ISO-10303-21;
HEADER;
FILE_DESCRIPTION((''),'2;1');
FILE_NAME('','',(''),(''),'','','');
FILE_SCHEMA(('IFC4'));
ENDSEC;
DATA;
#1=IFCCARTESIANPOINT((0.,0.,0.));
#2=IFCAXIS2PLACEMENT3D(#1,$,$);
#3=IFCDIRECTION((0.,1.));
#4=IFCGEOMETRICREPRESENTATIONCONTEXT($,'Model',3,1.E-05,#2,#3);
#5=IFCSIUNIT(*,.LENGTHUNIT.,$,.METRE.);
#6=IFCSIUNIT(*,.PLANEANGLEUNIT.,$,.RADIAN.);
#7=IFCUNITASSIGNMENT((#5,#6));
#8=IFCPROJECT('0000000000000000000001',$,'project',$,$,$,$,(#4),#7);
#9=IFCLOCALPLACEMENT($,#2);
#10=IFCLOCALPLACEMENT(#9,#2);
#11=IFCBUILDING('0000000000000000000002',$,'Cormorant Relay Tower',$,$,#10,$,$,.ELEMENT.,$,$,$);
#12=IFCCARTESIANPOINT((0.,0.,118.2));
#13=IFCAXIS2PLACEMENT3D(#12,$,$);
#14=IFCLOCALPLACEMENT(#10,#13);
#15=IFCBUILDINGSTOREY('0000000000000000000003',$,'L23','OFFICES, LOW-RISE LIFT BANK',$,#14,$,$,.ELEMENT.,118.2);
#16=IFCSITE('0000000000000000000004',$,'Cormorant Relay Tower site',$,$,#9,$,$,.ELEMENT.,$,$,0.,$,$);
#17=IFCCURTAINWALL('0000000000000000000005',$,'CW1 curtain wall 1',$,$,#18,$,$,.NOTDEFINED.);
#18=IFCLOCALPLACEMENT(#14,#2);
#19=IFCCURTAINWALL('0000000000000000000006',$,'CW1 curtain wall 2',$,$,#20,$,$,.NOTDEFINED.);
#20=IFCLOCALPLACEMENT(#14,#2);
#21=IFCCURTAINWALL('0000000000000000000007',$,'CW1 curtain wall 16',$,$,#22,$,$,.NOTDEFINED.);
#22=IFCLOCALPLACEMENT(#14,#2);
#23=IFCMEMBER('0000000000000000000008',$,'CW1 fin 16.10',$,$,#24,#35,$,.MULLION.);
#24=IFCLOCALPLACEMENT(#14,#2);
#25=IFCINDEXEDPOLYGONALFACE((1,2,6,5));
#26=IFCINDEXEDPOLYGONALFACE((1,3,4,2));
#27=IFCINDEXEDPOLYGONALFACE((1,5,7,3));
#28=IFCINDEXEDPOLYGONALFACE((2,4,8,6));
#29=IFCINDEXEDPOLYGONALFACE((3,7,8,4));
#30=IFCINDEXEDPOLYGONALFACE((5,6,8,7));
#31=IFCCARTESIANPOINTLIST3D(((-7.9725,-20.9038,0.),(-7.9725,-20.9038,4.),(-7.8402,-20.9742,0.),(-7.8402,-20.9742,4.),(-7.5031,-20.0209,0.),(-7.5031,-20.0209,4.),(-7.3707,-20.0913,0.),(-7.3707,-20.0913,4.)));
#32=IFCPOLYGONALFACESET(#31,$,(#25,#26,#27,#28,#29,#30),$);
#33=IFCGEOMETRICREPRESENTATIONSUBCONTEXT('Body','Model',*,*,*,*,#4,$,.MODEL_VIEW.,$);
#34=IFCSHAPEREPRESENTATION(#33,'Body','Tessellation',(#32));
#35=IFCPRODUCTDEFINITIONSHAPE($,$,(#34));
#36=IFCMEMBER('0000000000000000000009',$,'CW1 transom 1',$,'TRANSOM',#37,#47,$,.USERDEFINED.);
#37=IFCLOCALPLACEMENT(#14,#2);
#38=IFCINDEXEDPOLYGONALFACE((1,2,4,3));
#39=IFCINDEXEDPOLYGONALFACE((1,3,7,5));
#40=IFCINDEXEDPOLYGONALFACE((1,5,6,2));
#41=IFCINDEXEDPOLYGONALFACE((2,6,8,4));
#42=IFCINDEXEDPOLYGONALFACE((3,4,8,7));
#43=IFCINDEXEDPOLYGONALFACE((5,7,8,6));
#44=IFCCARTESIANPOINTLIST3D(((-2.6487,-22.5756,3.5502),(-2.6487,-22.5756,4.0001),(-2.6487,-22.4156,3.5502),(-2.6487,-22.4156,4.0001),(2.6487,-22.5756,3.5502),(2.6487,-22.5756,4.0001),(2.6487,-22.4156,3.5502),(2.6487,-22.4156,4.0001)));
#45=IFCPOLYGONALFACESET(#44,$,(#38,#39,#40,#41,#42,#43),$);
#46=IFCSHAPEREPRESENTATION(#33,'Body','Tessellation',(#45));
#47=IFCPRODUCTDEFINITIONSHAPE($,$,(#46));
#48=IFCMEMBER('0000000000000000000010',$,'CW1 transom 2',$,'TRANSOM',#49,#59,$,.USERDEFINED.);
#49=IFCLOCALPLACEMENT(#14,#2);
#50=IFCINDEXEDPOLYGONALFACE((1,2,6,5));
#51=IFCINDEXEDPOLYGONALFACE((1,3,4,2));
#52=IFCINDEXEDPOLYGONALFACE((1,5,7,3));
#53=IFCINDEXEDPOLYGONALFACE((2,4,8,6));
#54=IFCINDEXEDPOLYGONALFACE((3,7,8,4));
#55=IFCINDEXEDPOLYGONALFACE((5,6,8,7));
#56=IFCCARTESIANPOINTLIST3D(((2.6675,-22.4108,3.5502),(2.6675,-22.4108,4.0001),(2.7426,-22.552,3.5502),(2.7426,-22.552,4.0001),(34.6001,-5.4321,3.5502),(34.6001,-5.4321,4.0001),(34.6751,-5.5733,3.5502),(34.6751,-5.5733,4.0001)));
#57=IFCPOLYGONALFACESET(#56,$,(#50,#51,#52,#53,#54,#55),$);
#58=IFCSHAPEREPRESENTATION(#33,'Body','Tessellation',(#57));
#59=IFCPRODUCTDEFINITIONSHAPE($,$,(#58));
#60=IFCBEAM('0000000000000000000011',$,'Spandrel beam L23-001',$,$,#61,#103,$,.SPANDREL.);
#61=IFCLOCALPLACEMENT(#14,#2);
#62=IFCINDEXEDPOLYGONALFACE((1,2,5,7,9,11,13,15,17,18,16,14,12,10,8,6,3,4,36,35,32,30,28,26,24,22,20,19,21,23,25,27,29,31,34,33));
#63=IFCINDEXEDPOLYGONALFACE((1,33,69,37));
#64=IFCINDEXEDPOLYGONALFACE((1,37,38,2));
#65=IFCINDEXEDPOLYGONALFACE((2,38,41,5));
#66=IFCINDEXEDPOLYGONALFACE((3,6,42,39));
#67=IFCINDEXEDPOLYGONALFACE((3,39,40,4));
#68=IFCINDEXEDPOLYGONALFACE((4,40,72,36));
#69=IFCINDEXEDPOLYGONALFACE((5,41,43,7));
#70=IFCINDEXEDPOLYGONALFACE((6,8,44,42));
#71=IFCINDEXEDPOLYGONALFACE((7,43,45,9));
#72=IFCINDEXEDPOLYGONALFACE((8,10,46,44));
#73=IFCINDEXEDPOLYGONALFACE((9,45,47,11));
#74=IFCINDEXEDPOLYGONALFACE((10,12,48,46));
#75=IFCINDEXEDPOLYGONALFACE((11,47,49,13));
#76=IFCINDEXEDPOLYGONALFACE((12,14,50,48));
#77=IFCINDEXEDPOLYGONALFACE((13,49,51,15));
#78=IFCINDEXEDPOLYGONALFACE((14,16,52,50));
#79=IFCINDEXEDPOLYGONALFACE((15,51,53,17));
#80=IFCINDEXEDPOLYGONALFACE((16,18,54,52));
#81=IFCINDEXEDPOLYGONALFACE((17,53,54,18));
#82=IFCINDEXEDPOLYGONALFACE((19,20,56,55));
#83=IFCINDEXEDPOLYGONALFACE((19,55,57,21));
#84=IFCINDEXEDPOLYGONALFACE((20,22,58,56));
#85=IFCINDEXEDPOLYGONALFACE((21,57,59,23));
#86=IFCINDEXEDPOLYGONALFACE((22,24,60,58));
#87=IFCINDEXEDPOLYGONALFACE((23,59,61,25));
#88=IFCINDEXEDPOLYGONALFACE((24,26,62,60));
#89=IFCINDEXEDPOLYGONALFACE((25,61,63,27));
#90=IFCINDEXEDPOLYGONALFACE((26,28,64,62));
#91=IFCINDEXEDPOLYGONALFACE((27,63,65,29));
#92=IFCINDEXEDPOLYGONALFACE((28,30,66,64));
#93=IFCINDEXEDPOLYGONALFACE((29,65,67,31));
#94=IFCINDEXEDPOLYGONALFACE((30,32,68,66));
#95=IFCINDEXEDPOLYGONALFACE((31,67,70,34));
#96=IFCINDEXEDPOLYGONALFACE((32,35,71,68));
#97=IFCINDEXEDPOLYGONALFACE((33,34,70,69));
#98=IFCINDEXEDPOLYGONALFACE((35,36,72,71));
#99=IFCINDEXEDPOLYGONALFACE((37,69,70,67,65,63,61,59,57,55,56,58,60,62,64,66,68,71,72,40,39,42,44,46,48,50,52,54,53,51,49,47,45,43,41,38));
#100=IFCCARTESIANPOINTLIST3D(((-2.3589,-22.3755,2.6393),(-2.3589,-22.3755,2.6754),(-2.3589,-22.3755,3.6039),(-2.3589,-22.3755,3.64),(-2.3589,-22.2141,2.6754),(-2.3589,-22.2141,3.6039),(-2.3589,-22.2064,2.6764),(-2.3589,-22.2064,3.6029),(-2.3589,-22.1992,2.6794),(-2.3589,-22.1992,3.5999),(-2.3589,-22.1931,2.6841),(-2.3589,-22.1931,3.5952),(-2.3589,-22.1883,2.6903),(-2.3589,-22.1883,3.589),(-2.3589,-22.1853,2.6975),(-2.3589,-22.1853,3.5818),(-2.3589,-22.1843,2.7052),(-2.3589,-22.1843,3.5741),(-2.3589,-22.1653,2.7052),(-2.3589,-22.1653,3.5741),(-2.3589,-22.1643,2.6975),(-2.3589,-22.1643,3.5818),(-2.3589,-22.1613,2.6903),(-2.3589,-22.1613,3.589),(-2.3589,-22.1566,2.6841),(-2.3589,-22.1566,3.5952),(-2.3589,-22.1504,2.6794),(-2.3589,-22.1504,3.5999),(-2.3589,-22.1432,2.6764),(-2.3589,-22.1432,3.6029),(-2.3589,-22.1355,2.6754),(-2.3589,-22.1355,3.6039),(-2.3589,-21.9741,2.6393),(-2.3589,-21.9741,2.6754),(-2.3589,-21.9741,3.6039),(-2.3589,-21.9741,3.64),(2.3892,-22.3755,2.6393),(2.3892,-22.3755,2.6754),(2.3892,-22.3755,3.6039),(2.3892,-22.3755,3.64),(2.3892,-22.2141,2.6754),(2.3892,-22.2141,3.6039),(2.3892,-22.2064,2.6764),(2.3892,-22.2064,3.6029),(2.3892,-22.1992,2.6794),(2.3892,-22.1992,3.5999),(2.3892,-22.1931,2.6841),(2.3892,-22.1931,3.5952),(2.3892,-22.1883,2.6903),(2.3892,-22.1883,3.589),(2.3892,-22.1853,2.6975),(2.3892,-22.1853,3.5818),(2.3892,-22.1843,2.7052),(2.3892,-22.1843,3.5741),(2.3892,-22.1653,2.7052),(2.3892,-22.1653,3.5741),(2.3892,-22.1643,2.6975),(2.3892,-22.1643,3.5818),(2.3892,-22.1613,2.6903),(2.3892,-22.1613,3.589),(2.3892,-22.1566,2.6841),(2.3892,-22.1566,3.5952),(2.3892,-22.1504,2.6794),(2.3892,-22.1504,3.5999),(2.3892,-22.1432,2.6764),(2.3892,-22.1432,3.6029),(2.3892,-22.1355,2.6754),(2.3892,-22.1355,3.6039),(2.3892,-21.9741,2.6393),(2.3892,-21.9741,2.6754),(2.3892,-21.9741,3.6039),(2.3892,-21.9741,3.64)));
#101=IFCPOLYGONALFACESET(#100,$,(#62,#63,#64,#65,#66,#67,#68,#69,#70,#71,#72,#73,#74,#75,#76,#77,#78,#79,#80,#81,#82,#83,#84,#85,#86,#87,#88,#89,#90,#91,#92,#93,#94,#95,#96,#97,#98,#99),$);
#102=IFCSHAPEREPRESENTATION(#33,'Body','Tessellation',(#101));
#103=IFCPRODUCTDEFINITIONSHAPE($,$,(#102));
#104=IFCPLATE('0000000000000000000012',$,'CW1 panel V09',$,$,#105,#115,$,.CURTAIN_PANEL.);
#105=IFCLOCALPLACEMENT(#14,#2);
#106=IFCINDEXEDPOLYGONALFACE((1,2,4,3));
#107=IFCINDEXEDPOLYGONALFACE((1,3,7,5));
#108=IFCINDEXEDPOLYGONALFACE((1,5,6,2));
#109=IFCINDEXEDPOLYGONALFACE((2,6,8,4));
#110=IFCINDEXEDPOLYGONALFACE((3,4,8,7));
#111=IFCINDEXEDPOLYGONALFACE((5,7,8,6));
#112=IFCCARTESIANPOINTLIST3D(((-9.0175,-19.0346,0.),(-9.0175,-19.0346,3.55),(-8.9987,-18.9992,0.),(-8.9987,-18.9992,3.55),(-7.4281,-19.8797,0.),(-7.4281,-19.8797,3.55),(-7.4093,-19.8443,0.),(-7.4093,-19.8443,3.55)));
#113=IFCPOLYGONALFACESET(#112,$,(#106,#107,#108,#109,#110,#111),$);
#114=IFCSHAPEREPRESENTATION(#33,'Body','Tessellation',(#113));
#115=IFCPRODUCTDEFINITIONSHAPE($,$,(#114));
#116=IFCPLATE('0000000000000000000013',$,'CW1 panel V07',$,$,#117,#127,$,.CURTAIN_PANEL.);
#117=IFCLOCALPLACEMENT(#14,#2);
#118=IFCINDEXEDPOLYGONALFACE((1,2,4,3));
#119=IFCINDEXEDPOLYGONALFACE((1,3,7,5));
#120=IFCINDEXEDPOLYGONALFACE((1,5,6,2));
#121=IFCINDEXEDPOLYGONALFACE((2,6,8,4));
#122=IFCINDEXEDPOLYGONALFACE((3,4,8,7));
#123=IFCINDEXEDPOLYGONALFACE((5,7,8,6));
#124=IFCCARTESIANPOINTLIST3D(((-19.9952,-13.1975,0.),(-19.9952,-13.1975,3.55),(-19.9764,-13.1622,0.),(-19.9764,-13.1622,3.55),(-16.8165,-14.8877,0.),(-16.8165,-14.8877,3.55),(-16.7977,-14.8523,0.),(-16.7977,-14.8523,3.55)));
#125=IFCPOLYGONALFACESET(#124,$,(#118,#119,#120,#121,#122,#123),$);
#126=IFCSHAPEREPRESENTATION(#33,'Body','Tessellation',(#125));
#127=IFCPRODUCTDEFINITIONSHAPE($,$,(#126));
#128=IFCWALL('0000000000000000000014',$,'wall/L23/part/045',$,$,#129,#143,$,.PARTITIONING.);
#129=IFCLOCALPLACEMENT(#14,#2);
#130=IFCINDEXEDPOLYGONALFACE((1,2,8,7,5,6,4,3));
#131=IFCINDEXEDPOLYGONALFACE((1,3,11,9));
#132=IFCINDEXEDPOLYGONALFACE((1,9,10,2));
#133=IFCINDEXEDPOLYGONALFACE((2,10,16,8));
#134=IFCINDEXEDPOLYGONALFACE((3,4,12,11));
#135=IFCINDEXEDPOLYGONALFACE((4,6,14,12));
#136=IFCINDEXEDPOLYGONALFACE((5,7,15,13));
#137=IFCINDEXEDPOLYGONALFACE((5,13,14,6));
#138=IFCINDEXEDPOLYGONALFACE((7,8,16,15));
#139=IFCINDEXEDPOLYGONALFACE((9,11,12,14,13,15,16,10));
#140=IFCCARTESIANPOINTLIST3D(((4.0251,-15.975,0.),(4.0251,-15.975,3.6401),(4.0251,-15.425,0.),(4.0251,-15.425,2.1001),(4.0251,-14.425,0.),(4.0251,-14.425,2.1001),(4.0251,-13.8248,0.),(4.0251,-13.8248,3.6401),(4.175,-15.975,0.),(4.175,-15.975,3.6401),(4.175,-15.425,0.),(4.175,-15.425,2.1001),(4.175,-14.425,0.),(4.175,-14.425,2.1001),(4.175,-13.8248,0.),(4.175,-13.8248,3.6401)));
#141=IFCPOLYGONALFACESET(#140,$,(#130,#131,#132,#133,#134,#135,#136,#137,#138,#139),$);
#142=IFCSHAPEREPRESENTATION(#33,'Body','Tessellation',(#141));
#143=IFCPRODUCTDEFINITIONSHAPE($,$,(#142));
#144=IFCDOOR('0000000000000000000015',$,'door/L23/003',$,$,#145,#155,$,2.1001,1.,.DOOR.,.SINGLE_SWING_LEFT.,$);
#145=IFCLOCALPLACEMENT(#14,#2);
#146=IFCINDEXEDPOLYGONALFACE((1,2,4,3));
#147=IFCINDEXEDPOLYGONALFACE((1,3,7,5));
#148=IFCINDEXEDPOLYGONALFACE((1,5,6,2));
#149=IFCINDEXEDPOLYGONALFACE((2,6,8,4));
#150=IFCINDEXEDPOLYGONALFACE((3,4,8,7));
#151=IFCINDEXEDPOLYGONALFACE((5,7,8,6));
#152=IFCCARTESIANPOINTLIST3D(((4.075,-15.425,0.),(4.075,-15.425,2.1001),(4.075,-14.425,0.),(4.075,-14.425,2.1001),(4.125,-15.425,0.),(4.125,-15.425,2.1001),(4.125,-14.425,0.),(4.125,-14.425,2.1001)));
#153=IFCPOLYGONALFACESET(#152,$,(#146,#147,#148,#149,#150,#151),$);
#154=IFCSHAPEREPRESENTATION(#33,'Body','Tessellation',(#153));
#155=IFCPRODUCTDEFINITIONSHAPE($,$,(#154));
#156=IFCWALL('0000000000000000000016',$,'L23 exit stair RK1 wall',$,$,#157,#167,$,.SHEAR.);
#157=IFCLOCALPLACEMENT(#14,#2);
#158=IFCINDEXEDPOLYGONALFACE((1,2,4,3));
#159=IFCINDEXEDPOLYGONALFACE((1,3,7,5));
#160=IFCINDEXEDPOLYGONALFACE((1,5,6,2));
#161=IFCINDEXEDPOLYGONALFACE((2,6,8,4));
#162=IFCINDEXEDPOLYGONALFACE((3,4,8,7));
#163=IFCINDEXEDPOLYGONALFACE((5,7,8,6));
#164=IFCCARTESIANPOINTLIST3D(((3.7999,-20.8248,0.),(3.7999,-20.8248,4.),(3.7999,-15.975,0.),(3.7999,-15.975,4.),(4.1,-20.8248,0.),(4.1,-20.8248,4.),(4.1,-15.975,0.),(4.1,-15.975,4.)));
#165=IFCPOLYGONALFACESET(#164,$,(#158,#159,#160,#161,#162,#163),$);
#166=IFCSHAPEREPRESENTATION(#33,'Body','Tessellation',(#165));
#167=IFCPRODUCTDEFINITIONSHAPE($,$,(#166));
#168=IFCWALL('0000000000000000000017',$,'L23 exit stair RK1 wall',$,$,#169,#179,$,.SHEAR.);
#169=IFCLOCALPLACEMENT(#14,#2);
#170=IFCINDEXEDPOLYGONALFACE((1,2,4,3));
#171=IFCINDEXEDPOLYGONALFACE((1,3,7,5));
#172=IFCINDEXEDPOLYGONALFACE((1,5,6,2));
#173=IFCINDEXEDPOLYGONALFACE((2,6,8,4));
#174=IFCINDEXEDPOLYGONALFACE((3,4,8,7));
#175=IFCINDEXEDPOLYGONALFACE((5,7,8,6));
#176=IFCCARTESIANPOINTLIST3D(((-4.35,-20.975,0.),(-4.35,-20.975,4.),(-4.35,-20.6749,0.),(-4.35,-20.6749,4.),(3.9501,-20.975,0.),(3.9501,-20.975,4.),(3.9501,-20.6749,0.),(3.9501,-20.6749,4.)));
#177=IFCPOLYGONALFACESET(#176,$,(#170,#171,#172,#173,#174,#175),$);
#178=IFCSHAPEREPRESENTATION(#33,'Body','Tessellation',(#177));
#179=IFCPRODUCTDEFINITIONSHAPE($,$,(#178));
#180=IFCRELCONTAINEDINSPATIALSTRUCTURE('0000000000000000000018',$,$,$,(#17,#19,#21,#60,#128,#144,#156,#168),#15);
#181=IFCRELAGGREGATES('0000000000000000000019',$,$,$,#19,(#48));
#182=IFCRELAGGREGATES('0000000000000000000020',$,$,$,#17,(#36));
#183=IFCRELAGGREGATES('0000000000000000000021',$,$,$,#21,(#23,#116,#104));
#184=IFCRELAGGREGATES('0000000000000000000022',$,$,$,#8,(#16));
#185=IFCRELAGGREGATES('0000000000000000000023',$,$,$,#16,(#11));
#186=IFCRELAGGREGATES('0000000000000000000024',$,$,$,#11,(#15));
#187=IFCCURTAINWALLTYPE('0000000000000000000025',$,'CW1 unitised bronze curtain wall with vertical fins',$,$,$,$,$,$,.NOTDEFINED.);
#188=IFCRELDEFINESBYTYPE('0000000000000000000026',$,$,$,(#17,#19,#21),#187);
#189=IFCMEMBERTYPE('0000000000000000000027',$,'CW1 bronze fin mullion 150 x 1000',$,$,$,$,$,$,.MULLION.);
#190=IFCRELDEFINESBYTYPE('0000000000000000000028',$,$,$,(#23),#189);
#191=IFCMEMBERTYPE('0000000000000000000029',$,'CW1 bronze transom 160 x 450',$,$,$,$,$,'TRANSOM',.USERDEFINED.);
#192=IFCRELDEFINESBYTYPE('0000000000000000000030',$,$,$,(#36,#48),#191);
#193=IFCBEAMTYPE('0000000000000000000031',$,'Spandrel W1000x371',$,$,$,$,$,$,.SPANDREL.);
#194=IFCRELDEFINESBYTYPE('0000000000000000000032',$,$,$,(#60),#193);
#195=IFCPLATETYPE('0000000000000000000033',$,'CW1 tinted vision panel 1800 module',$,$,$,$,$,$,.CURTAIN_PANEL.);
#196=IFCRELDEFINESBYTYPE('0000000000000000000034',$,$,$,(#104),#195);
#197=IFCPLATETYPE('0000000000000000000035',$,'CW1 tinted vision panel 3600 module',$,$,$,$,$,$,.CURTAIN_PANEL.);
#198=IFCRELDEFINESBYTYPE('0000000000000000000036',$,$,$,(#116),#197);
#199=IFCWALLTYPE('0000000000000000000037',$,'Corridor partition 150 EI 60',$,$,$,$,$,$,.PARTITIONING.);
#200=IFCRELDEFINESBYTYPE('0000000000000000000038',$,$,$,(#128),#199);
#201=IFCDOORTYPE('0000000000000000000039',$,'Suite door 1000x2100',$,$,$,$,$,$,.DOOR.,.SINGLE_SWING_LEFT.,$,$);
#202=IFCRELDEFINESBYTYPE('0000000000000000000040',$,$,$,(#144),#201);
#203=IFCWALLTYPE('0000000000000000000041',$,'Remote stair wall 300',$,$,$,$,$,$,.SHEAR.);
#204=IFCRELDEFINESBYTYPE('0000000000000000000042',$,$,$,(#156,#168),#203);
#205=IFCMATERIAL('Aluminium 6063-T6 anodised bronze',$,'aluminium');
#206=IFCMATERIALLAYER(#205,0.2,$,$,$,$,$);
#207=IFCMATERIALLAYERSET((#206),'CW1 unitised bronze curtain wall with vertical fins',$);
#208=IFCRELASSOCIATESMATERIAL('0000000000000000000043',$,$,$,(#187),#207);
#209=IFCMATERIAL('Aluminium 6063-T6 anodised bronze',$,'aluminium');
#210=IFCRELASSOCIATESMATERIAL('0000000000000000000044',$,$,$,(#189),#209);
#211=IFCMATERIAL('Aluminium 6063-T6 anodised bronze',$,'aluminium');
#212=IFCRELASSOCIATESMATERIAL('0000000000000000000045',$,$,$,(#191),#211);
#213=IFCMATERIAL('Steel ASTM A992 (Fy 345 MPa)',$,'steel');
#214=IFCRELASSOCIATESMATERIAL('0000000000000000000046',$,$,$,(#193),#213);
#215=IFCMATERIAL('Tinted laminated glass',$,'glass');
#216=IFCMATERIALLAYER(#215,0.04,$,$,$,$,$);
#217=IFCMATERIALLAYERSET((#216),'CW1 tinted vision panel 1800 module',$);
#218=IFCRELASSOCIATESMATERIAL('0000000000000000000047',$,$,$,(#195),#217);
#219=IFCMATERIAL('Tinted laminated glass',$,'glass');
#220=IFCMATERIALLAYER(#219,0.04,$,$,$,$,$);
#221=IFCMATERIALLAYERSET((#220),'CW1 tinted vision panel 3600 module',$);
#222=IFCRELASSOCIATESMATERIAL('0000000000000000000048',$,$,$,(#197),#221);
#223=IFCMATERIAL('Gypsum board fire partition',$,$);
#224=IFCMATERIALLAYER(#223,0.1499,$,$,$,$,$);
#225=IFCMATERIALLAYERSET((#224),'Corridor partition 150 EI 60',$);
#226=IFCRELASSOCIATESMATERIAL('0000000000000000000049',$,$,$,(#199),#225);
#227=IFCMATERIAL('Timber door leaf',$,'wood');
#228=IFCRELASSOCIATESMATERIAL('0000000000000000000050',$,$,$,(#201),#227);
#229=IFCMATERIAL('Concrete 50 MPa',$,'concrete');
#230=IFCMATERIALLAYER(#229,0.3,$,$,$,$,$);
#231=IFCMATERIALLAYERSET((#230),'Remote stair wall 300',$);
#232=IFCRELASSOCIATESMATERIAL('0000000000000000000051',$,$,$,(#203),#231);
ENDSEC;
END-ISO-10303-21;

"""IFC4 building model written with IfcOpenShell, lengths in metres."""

from ifc_helpers import new_model, si_unit, direction, frame, frame_2d, origin, origin_2d, place, context, subcontext, project, spatial, rectangle, i_section, extrude, material, layer, layer_set, material_profile, profile_set, type_object, element, fill, aggregate, save


model = new_model("IFC4")

# Units and contexts
model_context = context("Model", 3, precision=1e-05, world=origin(), true_north=direction((0.0, 1.0)))
body_context = subcontext(model_context, "Body", "Model", "MODEL_VIEW")
ifc_project = project(units=[si_unit("LENGTHUNIT", "METRE"), si_unit("PLANEANGLEUNIT", "RADIAN")], contexts=[model_context])

# Site, building, storey
site_placement = place(None, origin())
site = spatial("IfcSite", under=ifc_project, at=site_placement, Name="Cormorant Relay Tower site", CompositionType="ELEMENT", RefElevation=0.0)
building_placement = place(site_placement, origin())
building = spatial("IfcBuilding", under=site, at=building_placement, Name="Cormorant Relay Tower", CompositionType="ELEMENT")
storey_placement = place(building_placement, frame((0.0, 0.0, 118.2)))
storey = spatial("IfcBuildingStorey", under=building, at=storey_placement, Name="L23", Description="OFFICES, LOW-RISE LIFT BANK", CompositionType="ELEMENT", Elevation=118.2)

# Curtain walls
ifc_material_1 = material(Name="Aluminium 6063-T6 anodised bronze", Category="aluminium")
ifc_layer_1 = layer(ifc_material_1, 0.2)
ifc_layer_set_1 = layer_set([ifc_layer_1], Name="CW1 unitised bronze curtain wall with vertical fins")
curtain_wall_type = type_object("IfcCurtainWallType", Name="CW1 unitised bronze curtain wall with vertical fins", PredefinedType="NOTDEFINED", material=ifc_layer_set_1)
curtain_wall_1_placement = place(storey_placement, origin())
curtain_wall_1 = element("IfcCurtainWall", 1, at=curtain_wall_1_placement, inside=storey, type_object=curtain_wall_type, Name="CW1 curtain wall 1", PredefinedType="NOTDEFINED")
ifc_material_2 = material(Name="Aluminium 6063-T6 anodised bronze", Category="aluminium")
ifc_material_profile_1 = material_profile(ifc_material_2, rectangle(XDim=0.1499, YDim=1.0, at=origin_2d()), Name="AL 150x1000")
ifc_profile_set_1 = profile_set([ifc_material_profile_1], Name="Aluminium 6063-T6 anodised bronze")
member_type_1 = type_object("IfcMemberType", Name="CW1 bronze fin mullion 150 x 1000", PredefinedType="MULLION", material=ifc_profile_set_1)
curtain_wall_2_placement = place(storey_placement, origin())
curtain_wall_2 = element("IfcCurtainWall", 2, at=curtain_wall_2_placement, inside=storey, type_object=curtain_wall_type, Name="CW1 curtain wall 2", PredefinedType="NOTDEFINED")

# Curtain wall, member
curtain_wall_3_placement = place(storey_placement, origin())
curtain_wall_3 = element("IfcCurtainWall", 3, at=curtain_wall_3_placement, inside=storey, type_object=curtain_wall_type, Name="CW1 curtain wall 16", PredefinedType="NOTDEFINED")
member_1_placement = place(storey_placement, frame((-7.6716, -20.4976, 0.0), z_axis=(0.0, 0.0, 1.0), x_axis=(0.882948, -0.469472, 0.0)))
member_1 = element("IfcMember", 4, at=member_1_placement, type_object=member_type_1, Name="CW1 fin 16.10", PredefinedType="MULLION", context=body_context, shape_type="SweptSolid", body=[
    extrude(rectangle(XDim=0.1499, YDim=1.0, at=origin_2d()), origin(), (0.0, 0.0, 1.0), 4.0),
])

# Members
ifc_material_3 = material(Name="Aluminium 6063-T6 anodised bronze", Category="aluminium")
ifc_material_profile_2 = material_profile(ifc_material_3, rectangle(XDim=0.1599, YDim=0.45, at=origin_2d()), Name="AL 160x450")
ifc_profile_set_2 = profile_set([ifc_material_profile_2], Name="Aluminium 6063-T6 anodised bronze")
member_type_2 = type_object("IfcMemberType", Name="CW1 bronze transom 160 x 450", ElementType="TRANSOM", PredefinedType="USERDEFINED", material=ifc_profile_set_2)
member_2_placement = place(storey_placement, frame((-2.6487, -22.4956, 3.7751), z_axis=(1.0, 0.0, 0.0), x_axis=(0.0, 1.0, 0.0)))
member_2 = element("IfcMember", 5, at=member_2_placement, type_object=member_type_2, Name="CW1 transom 1", ObjectType="TRANSOM", PredefinedType="USERDEFINED", context=body_context, shape_type="SweptSolid", body=[
    extrude(rectangle(XDim=0.1599, YDim=0.45, at=origin_2d()), origin(), (0.0, 0.0, 1.0), 5.2974),
])
member_3_placement = place(storey_placement, frame((2.7051, -22.4814, 3.7751), z_axis=(0.882949, 0.469469, 0.0), x_axis=(-0.469469, 0.882949, 0.0)))
member_3 = element("IfcMember", 6, at=member_3_placement, type_object=member_type_2, Name="CW1 transom 2", ObjectType="TRANSOM", PredefinedType="USERDEFINED", context=body_context, shape_type="SweptSolid", body=[
    extrude(rectangle(XDim=0.1599, YDim=0.45, at=origin_2d()), origin(), (0.0, 0.0, 1.0), 36.1658),
])
aggregate(curtain_wall_2, [member_3])

# Beam
ifc_material_4 = material(Name="Steel ASTM A992 (Fy 345 MPa)", Category="steel")
ifc_material_profile_3 = material_profile(ifc_material_4, i_section(OverallWidth=0.4014, OverallDepth=1.0007, WebThickness=0.019, FlangeThickness=0.0361, FilletRadius=0.0298, at=origin_2d()), Name="W1000x371")
ifc_profile_set_3 = profile_set([ifc_material_profile_3], Name="Steel ASTM A992 (Fy 345 MPa)")
beam_type = type_object("IfcBeamType", Name="Spandrel W1000x371", PredefinedType="SPANDREL", material=ifc_profile_set_3)
beam_placement = place(storey_placement, frame((-2.3589, -22.1748, 3.1396), z_axis=(1.0, 0.0, 0.0), x_axis=(0.0, 1.0, 0.0)))
element("IfcBeam", 7, at=beam_placement, inside=storey, type_object=beam_type, Name="Spandrel beam L23-001", PredefinedType="SPANDREL", context=body_context, shape_type="SweptSolid", body=[
    extrude(i_section(OverallWidth=0.4014, OverallDepth=1.0007, WebThickness=0.019, FlangeThickness=0.0361, FilletRadius=0.0298, at=origin_2d()), origin(), (0.0, 0.0, 1.0), 4.748),
])

# Plates
ifc_material_5 = material(Name="Tinted laminated glass", Category="glass")
ifc_layer_2 = layer(ifc_material_5, 0.04)
ifc_layer_set_2 = layer_set([ifc_layer_2], Name="CW1 tinted vision panel 1800 module")
plate_type_1 = type_object("IfcPlateType", Name="CW1 tinted vision panel 1800 module", PredefinedType="CURTAIN_PANEL", material=ifc_layer_set_2)
plate_1_placement = place(storey_placement, frame((-8.2134, -19.4395, 0.0), z_axis=(0.0, 0.0, 1.0), x_axis=(0.882948, -0.469472, 0.0)))
plate_1 = element("IfcPlate", 8, at=plate_1_placement, type_object=plate_type_1, Name="CW1 panel V09", PredefinedType="CURTAIN_PANEL", context=body_context, shape_type="SweptSolid", body=[
    extrude(rectangle(XDim=1.8, YDim=0.04, at=origin_2d()), origin(), (0.0, 0.0, 1.0), 3.55),
])
ifc_material_6 = material(Name="Tinted laminated glass", Category="glass")
ifc_layer_3 = layer(ifc_material_6, 0.04)
ifc_layer_set_3 = layer_set([ifc_layer_3], Name="CW1 tinted vision panel 3600 module")
plate_type_2 = type_object("IfcPlateType", Name="CW1 tinted vision panel 3600 module", PredefinedType="CURTAIN_PANEL", material=ifc_layer_set_3)
plate_2_placement = place(storey_placement, frame((-18.3965, -14.0249, 0.0), z_axis=(0.0, 0.0, 1.0), x_axis=(0.882948, -0.469472, 0.0)))
plate_2 = element("IfcPlate", 9, at=plate_2_placement, type_object=plate_type_2, Name="CW1 panel V07", PredefinedType="CURTAIN_PANEL", context=body_context, shape_type="SweptSolid", body=[
    extrude(rectangle(XDim=3.6001, YDim=0.04, at=origin_2d()), origin(), (0.0, 0.0, 1.0), 3.55),
])

# Wall, opening, door
ifc_material_7 = material(Name="Gypsum board fire partition")
ifc_layer_4 = layer(ifc_material_7, 0.1499)
ifc_layer_set_4 = layer_set([ifc_layer_4], Name="Corridor partition 150 EI 60")
wall_type_1 = type_object("IfcWallType", Name="Corridor partition 150 EI 60", PredefinedType="PARTITIONING", material=ifc_layer_set_4)
wall_1_placement = place(storey_placement, frame((4.1001, -15.9751, 0.0), z_axis=(0.0, 0.0, 1.0), x_axis=(0.0, 1.0, 0.0)))
wall_1 = element("IfcWall", 10, at=wall_1_placement, inside=storey, type_object=wall_type_1, Name="wall/L23/part/045", PredefinedType="PARTITIONING", context=body_context, shape_type="SweptSolid", body=[
    extrude(rectangle(XDim=2.1501, YDim=0.1499, at=frame_2d((1.0752, 0.0))), origin(), (0.0, 0.0, 1.0), 3.6401),
])
opening_1_placement = place(wall_1_placement, frame((0.55, 0.0, 0.0)))
opening_1 = element("IfcOpeningElement", 11, at=opening_1_placement, cuts=wall_1, PredefinedType="OPENING", context=body_context, shape_type="SweptSolid", body=[
    extrude(rectangle(XDim=1.0, YDim=2.1001, at=frame_2d((0.5, 1.05))), frame((0.0, 0.085, 0.0), z_axis=(0.0, -1.0, 0.0), x_axis=(1.0, 0.0, 0.0)), (0.0, 0.0, 1.0), 0.1699),
])
ifc_material_8 = material(Name="Timber door leaf", Category="wood")
door_type_1 = type_object("IfcDoorType", Name="Suite door 1000x2100", OperationType="SINGLE_SWING_LEFT", PredefinedType="DOOR", material=ifc_material_8)
door_1_placement = place(opening_1_placement, frame((1.0, 0.0, 0.0), z_axis=(0.0, 0.0, 1.0), x_axis=(-1.0, 0.0, 0.0)))
door_1 = element("IfcDoor", 12, at=door_1_placement, inside=storey, type_object=door_type_1, Name="door/L23/003", OperationType="SINGLE_SWING_LEFT", OverallHeight=2.1001, OverallWidth=1.0, PredefinedType="DOOR", context=body_context, shape_type="SweptSolid", body=[
    extrude(rectangle(XDim=1.0, YDim=2.1001, at=frame_2d((0.5, 1.05))), frame((0.0, 0.0249, 0.0), z_axis=(0.0, -1.0, 0.0), x_axis=(1.0, 0.0, 0.0)), (0.0, 0.0, 1.0), 0.05),
])
fill(opening_1, door_1)

# Walls
ifc_material_9 = material(Name="Concrete 50 MPa", Category="concrete")
ifc_layer_5 = layer(ifc_material_9, 0.3)
ifc_layer_set_5 = layer_set([ifc_layer_5], Name="Remote stair wall 300")
wall_type_2 = type_object("IfcWallType", Name="Remote stair wall 300", PredefinedType="SHEAR", material=ifc_layer_set_5)
wall_2_placement = place(storey_placement, frame((3.95, -15.9751, 0.0), z_axis=(0.0, 0.0, 1.0), x_axis=(0.0, -1.0, 0.0)))
element("IfcWall", 13, at=wall_2_placement, inside=storey, type_object=wall_type_2, Name="L23 exit stair RK1 wall", PredefinedType="SHEAR", context=body_context, shape_type="SweptSolid", body=[
    extrude(rectangle(XDim=4.8499, YDim=0.3, at=frame_2d((2.4248, 0.0))), origin(), (0.0, 0.0, 1.0), 4.0),
])
wall_3_placement = place(storey_placement, frame((3.95, -20.825, 0.0), z_axis=(0.0, 0.0, 1.0), x_axis=(-1.0, 0.0, 0.0)))
element("IfcWall", 14, at=wall_3_placement, inside=storey, type_object=wall_type_2, Name="L23 exit stair RK1 wall", PredefinedType="SHEAR", context=body_context, shape_type="SweptSolid", body=[
    extrude(rectangle(XDim=8.3, YDim=0.3, at=frame_2d((4.1499, 0.0))), origin(), (0.0, 0.0, 1.0), 4.0),
])

aggregate(curtain_wall_1, [member_2])
aggregate(curtain_wall_3, [member_1, plate_2, plate_1])

save(model, "model.ifc")
